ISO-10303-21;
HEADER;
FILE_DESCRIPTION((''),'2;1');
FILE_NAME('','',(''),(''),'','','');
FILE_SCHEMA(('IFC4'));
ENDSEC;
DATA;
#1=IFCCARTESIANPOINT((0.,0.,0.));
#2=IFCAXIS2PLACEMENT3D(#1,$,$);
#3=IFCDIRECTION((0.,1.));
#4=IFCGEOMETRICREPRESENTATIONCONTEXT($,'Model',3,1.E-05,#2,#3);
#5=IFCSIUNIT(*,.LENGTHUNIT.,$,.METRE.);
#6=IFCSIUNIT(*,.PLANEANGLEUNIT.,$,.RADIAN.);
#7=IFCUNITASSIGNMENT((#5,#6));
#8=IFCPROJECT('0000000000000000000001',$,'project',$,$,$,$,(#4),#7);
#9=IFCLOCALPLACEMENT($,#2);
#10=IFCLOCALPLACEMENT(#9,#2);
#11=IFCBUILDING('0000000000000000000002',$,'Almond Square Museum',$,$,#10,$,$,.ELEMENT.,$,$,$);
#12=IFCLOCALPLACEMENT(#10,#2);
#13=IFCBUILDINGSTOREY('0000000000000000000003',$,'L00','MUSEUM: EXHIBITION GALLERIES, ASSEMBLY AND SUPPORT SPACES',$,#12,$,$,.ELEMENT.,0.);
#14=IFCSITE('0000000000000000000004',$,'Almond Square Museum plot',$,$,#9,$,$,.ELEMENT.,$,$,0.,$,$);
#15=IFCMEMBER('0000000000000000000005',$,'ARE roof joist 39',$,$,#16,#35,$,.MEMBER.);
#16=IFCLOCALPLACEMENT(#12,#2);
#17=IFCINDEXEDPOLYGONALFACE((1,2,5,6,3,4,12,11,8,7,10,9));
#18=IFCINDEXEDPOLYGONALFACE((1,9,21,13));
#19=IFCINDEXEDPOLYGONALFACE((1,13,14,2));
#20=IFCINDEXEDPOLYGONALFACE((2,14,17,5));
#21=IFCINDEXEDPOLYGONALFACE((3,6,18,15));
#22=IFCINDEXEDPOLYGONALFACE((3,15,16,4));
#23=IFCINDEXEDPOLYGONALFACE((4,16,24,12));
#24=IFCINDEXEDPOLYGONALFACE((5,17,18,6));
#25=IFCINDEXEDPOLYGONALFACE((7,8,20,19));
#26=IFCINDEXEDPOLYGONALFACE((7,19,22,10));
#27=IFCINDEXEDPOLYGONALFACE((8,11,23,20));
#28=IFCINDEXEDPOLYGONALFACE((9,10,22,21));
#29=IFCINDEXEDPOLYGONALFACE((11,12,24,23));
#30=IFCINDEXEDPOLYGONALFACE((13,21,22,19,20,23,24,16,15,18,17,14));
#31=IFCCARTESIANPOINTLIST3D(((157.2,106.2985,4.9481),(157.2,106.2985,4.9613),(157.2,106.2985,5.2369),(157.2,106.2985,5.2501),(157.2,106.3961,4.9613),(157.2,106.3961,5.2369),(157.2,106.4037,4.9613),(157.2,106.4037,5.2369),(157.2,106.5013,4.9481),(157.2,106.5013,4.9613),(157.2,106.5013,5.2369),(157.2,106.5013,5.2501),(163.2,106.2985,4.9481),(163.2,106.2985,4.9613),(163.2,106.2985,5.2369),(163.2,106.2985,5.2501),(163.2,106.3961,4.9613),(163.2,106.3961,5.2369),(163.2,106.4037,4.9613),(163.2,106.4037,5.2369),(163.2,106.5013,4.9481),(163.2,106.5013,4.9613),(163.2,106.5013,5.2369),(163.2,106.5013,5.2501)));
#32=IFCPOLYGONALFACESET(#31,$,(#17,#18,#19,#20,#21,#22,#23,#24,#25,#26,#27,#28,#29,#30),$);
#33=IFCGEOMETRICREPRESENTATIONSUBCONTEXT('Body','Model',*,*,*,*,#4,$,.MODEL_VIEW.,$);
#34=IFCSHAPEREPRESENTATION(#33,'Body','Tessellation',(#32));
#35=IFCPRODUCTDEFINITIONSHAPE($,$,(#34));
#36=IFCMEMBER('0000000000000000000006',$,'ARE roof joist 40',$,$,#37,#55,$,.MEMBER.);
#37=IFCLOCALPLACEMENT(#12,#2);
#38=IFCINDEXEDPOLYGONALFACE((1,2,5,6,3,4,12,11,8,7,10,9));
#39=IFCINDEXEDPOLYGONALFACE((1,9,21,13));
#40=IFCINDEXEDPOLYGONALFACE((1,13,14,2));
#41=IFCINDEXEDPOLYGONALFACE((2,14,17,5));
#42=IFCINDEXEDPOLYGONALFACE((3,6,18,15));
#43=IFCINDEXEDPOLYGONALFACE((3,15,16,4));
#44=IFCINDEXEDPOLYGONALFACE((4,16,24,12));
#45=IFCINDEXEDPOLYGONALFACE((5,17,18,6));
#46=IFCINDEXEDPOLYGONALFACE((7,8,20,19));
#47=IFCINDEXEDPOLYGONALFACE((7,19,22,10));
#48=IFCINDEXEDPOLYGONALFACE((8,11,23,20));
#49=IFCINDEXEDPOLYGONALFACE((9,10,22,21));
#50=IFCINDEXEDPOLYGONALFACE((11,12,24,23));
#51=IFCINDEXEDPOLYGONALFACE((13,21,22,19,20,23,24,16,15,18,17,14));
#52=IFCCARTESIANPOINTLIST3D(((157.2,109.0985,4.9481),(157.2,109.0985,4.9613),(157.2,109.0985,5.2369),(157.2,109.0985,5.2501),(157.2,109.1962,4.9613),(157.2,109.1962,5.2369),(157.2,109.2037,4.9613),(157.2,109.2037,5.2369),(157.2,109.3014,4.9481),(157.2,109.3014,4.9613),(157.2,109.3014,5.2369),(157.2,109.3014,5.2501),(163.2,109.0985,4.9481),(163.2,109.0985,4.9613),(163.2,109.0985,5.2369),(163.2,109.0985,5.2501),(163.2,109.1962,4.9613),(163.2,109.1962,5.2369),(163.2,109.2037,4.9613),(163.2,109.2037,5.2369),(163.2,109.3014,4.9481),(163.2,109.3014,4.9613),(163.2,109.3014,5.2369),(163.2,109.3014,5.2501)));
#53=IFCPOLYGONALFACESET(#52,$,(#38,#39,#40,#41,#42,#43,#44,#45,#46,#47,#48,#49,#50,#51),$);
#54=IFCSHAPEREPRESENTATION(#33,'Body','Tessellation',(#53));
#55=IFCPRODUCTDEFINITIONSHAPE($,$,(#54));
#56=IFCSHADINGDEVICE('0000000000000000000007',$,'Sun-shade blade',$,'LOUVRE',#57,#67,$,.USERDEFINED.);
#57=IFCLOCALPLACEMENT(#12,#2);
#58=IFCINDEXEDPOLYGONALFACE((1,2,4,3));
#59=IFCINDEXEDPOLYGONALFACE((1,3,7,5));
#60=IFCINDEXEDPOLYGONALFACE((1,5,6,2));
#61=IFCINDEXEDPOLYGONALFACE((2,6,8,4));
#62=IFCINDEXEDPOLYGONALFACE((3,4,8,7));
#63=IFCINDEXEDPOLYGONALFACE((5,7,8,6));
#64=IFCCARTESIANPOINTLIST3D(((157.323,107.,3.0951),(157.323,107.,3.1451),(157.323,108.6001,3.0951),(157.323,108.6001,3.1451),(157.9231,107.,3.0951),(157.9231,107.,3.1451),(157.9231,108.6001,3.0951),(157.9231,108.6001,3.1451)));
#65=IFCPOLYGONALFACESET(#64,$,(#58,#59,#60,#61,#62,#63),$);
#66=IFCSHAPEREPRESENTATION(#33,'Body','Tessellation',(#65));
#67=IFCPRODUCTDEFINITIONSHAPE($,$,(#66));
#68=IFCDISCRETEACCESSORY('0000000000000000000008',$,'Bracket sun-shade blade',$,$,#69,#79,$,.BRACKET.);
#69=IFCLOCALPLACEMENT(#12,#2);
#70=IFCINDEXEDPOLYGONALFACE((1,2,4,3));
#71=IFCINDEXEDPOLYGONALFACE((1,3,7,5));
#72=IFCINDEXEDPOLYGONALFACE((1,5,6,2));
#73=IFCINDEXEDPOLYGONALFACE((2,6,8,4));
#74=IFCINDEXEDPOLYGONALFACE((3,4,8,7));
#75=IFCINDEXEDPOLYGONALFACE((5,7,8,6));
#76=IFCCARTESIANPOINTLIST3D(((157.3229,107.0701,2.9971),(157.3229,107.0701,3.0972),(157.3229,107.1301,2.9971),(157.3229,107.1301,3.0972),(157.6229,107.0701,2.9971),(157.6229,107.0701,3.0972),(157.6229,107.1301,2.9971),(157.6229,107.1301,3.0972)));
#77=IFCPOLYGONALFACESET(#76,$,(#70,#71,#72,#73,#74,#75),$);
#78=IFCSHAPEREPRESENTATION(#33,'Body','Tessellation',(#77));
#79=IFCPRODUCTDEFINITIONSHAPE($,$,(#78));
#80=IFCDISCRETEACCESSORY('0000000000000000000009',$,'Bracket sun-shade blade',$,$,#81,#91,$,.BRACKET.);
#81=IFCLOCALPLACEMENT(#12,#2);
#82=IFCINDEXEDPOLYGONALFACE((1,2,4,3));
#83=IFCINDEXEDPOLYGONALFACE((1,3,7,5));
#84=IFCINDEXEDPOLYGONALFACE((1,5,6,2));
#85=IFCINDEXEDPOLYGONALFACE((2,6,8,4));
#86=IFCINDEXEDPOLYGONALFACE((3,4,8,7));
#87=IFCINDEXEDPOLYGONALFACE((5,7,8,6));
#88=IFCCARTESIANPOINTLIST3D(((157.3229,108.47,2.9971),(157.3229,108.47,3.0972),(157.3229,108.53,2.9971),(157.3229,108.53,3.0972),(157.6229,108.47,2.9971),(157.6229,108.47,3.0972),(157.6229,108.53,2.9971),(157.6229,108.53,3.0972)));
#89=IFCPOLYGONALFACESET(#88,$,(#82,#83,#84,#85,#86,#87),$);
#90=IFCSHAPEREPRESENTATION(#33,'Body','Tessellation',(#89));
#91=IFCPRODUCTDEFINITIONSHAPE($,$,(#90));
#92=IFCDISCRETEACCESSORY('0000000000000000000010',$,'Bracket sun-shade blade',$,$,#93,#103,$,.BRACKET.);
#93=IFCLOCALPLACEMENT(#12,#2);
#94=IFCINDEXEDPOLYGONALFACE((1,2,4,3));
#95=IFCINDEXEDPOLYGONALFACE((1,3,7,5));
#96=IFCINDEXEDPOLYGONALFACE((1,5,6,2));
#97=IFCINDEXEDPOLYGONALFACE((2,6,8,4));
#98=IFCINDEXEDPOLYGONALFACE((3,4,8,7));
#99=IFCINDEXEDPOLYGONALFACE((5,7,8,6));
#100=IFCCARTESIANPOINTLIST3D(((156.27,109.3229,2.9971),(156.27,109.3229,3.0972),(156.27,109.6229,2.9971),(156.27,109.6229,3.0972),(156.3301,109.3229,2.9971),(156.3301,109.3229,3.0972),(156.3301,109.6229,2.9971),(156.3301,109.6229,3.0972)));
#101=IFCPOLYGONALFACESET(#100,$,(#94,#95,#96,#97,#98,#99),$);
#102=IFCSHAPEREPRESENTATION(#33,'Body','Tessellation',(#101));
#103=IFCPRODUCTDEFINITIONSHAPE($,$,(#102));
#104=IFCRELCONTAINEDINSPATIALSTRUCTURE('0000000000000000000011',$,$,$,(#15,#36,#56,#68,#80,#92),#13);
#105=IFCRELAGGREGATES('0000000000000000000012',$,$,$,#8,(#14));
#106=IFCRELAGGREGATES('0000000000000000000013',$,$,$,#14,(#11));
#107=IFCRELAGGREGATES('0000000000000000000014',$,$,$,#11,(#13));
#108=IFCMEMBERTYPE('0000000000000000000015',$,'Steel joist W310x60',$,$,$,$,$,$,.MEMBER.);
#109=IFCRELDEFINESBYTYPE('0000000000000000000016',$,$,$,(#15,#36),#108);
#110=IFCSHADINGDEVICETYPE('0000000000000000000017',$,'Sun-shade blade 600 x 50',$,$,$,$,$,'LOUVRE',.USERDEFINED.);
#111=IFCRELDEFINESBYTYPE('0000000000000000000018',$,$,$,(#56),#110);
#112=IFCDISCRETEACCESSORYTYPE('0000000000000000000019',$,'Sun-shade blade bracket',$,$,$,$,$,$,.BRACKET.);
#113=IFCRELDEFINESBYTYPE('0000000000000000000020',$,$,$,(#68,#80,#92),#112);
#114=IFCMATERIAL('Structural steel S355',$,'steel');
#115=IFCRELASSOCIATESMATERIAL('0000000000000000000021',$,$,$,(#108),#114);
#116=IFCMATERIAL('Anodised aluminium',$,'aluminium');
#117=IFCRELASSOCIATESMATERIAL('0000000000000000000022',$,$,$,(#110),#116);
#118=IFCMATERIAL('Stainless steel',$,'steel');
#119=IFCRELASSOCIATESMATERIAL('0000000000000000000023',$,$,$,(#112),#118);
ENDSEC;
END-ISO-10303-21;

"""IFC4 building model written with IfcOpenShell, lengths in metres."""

from ifc_helpers import new_model, si_unit, direction, frame, origin, origin_2d, place, context, subcontext, project, spatial, rectangle, i_section, extrude, material, material_profile, profile_set, type_object, element, save


model = new_model("IFC4")

# Units and contexts
model_context = context("Model", 3, precision=1e-05, world=origin(), true_north=direction((0.0, 1.0)))
body_context = subcontext(model_context, "Body", "Model", "MODEL_VIEW")
ifc_project = project(units=[si_unit("LENGTHUNIT", "METRE"), si_unit("PLANEANGLEUNIT", "RADIAN")], contexts=[model_context])

# Site, building, storey
site_placement = place(None, origin())
site = spatial("IfcSite", under=ifc_project, at=site_placement, Name="Almond Square Museum plot", CompositionType="ELEMENT", RefElevation=0.0)
building_placement = place(site_placement, origin())
building = spatial("IfcBuilding", under=site, at=building_placement, Name="Almond Square Museum", CompositionType="ELEMENT")
storey_placement = place(building_placement, origin())
storey = spatial("IfcBuildingStorey", under=building, at=storey_placement, Name="L00", Description="MUSEUM: EXHIBITION GALLERIES, ASSEMBLY AND SUPPORT SPACES", CompositionType="ELEMENT", Elevation=0.0)

# Members
ifc_material_1 = material(Name="Structural steel S355", Category="steel")
ifc_material_profile_1 = material_profile(ifc_material_1, i_section(OverallWidth=0.2029, OverallDepth=0.302, WebThickness=0.0076, FlangeThickness=0.0132, at=origin_2d()))
ifc_profile_set_1 = profile_set([ifc_material_profile_1], Name="Structural steel S355")
member_type = type_object("IfcMemberType", Name="Steel joist W310x60", PredefinedType="MEMBER", material=ifc_profile_set_1)
for number, where, z_axis, x_axis, name in (
    (1, (157.2, 106.3999, 5.0991), (1.0, 0.0, 0.0), (0.0, 1.0, 0.0), "ARE roof joist 39"),
    (2, (157.2, 109.2, 5.0991), (1.0, 0.0, 0.0), (0.0, 1.0, 0.0), "ARE roof joist 40"),
):
    element("IfcMember", number, at=place(storey_placement, frame(where, z_axis=z_axis, x_axis=x_axis)), inside=storey, type_object=member_type, Name=name, PredefinedType="MEMBER", context=body_context, shape_type="SweptSolid", body=[
        extrude(i_section(OverallWidth=0.2029, OverallDepth=0.302, WebThickness=0.0076, FlangeThickness=0.0132, at=origin_2d()), origin(), (0.0, 0.0, 1.0), 6.0),
    ])

# Shading device
ifc_material_2 = material(Name="Anodised aluminium", Category="aluminium")
ifc_material_profile_2 = material_profile(ifc_material_2, rectangle(XDim=0.6001, YDim=0.05, at=origin_2d()))
ifc_profile_set_2 = profile_set([ifc_material_profile_2], Name="Anodised aluminium")
shading_device_type = type_object("IfcShadingDeviceType", Name="Sun-shade blade 600 x 50", ElementType="LOUVRE", PredefinedType="USERDEFINED", material=ifc_profile_set_2)
shading_device_placement = place(storey_placement, frame((157.623, 107.0, 3.1201), z_axis=(0.0, 1.0, 0.0), x_axis=(-1.0, 0.0, 0.0)))
element("IfcShadingDevice", 3, at=shading_device_placement, inside=storey, type_object=shading_device_type, Name="Sun-shade blade", ObjectType="LOUVRE", PredefinedType="USERDEFINED", context=body_context, shape_type="SweptSolid", body=[
    extrude(rectangle(XDim=0.6001, YDim=0.05, at=origin_2d()), origin(), (0.0, 0.0, 1.0), 1.6001),
])

# Discrete accessories
ifc_material_3 = material(Name="Stainless steel", Category="steel")
discrete_accessory_type = type_object("IfcDiscreteAccessoryType", Name="Sun-shade blade bracket", PredefinedType="BRACKET", material=ifc_material_3)
for number, where, z_axis, x_axis, name in (
    (4, (157.4729, 107.1001, 2.9971), (0.0, 0.0, 1.0), (1.0, 0.0, 0.0), "Bracket sun-shade blade"),
    (5, (157.4729, 108.5, 2.9971), (0.0, 0.0, 1.0), (1.0, 0.0, 0.0), "Bracket sun-shade blade"),
):
    element("IfcDiscreteAccessory", number, at=place(storey_placement, frame(where, z_axis=z_axis, x_axis=x_axis)), inside=storey, type_object=discrete_accessory_type, Name=name, PredefinedType="BRACKET", context=body_context, shape_type="SweptSolid", body=[
        extrude(rectangle(XDim=0.3, YDim=0.0601, at=origin_2d()), origin(), (0.0, 0.0, 1.0), 0.1001),
    ])
discrete_accessory_placement = place(storey_placement, frame((156.3, 109.4729, 2.9971), z_axis=(0.0, 0.0, 1.0), x_axis=(1.0, 0.0, 0.0)))
element("IfcDiscreteAccessory", 6, at=discrete_accessory_placement, inside=storey, type_object=discrete_accessory_type, Name="Bracket sun-shade blade", PredefinedType="BRACKET", context=body_context, shape_type="SweptSolid", body=[
    extrude(rectangle(XDim=0.0601, YDim=0.3, at=origin_2d()), origin(), (0.0, 0.0, 1.0), 0.1001),
])

save(model, "model.ifc")
